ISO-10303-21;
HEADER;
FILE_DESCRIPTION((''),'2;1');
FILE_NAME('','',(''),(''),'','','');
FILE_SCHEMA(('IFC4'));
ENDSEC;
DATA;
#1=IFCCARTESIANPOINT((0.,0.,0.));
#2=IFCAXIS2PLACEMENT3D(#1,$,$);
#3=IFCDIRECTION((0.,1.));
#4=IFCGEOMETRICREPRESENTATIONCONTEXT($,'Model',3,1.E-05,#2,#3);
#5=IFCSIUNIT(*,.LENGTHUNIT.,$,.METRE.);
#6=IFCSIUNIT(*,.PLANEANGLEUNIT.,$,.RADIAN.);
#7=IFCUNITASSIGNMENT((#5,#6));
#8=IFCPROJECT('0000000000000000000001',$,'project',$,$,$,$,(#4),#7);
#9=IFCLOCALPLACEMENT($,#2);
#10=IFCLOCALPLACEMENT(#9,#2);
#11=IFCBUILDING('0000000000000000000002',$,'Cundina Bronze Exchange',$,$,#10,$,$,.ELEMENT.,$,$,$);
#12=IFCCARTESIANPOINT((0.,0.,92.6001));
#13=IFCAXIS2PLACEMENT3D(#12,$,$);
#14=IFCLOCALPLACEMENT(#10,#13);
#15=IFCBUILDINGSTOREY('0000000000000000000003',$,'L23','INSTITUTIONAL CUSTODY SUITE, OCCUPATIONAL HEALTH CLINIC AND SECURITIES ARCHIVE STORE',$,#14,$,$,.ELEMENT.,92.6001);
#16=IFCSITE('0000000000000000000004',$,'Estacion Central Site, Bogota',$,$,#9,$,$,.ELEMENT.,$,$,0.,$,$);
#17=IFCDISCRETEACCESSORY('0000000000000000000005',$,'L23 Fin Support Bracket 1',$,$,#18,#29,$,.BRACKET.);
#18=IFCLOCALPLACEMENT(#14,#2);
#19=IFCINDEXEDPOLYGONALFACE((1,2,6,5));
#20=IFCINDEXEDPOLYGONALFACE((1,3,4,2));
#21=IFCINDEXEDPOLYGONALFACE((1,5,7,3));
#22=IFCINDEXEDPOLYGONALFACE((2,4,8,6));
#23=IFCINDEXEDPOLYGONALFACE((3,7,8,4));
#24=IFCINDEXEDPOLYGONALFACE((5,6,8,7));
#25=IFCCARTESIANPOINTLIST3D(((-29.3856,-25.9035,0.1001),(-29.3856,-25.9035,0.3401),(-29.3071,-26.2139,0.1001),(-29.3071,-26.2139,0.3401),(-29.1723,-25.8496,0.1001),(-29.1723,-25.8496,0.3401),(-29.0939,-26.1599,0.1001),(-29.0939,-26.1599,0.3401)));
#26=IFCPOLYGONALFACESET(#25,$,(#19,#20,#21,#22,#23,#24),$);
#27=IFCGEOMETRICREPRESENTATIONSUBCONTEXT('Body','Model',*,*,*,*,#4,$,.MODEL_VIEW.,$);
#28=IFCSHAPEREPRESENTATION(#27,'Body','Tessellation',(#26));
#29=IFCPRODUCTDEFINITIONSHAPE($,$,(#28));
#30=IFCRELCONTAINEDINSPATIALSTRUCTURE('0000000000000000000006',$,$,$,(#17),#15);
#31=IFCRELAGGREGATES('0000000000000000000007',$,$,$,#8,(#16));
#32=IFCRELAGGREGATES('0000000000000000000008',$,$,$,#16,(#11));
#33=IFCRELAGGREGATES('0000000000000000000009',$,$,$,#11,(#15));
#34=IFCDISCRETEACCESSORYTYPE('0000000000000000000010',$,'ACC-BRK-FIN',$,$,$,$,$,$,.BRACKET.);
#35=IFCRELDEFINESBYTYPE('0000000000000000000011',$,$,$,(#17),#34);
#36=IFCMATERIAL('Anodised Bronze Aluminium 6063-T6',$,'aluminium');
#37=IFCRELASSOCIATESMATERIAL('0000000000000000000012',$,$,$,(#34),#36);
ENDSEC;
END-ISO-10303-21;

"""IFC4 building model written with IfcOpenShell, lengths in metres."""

from ifc_helpers import new_model, si_unit, direction, frame, origin, origin_2d, place, context, subcontext, project, spatial, rectangle, extrude, material, type_object, element, save


model = new_model("IFC4")

# Units and contexts
model_context = context("Model", 3, precision=1e-05, world=origin(), true_north=direction((0.0, 1.0)))
body_context = subcontext(model_context, "Body", "Model", "MODEL_VIEW")
ifc_project = project(units=[si_unit("LENGTHUNIT", "METRE"), si_unit("PLANEANGLEUNIT", "RADIAN")], contexts=[model_context])

# Site, building, storey
site_placement = place(None, origin())
site = spatial("IfcSite", under=ifc_project, at=site_placement, Name="Estacion Central Site, Bogota", CompositionType="ELEMENT", RefElevation=0.0)
building_placement = place(site_placement, origin())
building = spatial("IfcBuilding", under=site, at=building_placement, Name="Cundina Bronze Exchange", CompositionType="ELEMENT")
storey_placement = place(building_placement, frame((0.0, 0.0, 92.6001)))
storey = spatial("IfcBuildingStorey", under=building, at=storey_placement, Name="L23", Description="INSTITUTIONAL CUSTODY SUITE, OCCUPATIONAL HEALTH CLINIC AND SECURITIES ARCHIVE STORE", CompositionType="ELEMENT", Elevation=92.6001)

# Shared definitions
ifc_material_1 = material(Name="Anodised Bronze Aluminium 6063-T6", Category="aluminium")

# Discrete accessory
discrete_accessory_type = type_object("IfcDiscreteAccessoryType", Name="ACC-BRK-FIN", PredefinedType="BRACKET", material=ifc_material_1)
discrete_accessory_placement = place(storey_placement, frame((-29.2397, -26.0317, 0.1001), z_axis=(0.0, 0.0, 1.0), x_axis=(0.969488, 0.245138, 0.0)))
element("IfcDiscreteAccessory", 1, at=discrete_accessory_placement, inside=storey, type_object=discrete_accessory_type, Name="L23 Fin Support Bracket 1", PredefinedType="BRACKET", context=body_context, shape_type="SweptSolid", body=[
    extrude(rectangle(XDim=0.22, YDim=0.3201, at=origin_2d()), origin(), (0.0, 0.0, 1.0), 0.24),
])

save(model, "model.ifc")
